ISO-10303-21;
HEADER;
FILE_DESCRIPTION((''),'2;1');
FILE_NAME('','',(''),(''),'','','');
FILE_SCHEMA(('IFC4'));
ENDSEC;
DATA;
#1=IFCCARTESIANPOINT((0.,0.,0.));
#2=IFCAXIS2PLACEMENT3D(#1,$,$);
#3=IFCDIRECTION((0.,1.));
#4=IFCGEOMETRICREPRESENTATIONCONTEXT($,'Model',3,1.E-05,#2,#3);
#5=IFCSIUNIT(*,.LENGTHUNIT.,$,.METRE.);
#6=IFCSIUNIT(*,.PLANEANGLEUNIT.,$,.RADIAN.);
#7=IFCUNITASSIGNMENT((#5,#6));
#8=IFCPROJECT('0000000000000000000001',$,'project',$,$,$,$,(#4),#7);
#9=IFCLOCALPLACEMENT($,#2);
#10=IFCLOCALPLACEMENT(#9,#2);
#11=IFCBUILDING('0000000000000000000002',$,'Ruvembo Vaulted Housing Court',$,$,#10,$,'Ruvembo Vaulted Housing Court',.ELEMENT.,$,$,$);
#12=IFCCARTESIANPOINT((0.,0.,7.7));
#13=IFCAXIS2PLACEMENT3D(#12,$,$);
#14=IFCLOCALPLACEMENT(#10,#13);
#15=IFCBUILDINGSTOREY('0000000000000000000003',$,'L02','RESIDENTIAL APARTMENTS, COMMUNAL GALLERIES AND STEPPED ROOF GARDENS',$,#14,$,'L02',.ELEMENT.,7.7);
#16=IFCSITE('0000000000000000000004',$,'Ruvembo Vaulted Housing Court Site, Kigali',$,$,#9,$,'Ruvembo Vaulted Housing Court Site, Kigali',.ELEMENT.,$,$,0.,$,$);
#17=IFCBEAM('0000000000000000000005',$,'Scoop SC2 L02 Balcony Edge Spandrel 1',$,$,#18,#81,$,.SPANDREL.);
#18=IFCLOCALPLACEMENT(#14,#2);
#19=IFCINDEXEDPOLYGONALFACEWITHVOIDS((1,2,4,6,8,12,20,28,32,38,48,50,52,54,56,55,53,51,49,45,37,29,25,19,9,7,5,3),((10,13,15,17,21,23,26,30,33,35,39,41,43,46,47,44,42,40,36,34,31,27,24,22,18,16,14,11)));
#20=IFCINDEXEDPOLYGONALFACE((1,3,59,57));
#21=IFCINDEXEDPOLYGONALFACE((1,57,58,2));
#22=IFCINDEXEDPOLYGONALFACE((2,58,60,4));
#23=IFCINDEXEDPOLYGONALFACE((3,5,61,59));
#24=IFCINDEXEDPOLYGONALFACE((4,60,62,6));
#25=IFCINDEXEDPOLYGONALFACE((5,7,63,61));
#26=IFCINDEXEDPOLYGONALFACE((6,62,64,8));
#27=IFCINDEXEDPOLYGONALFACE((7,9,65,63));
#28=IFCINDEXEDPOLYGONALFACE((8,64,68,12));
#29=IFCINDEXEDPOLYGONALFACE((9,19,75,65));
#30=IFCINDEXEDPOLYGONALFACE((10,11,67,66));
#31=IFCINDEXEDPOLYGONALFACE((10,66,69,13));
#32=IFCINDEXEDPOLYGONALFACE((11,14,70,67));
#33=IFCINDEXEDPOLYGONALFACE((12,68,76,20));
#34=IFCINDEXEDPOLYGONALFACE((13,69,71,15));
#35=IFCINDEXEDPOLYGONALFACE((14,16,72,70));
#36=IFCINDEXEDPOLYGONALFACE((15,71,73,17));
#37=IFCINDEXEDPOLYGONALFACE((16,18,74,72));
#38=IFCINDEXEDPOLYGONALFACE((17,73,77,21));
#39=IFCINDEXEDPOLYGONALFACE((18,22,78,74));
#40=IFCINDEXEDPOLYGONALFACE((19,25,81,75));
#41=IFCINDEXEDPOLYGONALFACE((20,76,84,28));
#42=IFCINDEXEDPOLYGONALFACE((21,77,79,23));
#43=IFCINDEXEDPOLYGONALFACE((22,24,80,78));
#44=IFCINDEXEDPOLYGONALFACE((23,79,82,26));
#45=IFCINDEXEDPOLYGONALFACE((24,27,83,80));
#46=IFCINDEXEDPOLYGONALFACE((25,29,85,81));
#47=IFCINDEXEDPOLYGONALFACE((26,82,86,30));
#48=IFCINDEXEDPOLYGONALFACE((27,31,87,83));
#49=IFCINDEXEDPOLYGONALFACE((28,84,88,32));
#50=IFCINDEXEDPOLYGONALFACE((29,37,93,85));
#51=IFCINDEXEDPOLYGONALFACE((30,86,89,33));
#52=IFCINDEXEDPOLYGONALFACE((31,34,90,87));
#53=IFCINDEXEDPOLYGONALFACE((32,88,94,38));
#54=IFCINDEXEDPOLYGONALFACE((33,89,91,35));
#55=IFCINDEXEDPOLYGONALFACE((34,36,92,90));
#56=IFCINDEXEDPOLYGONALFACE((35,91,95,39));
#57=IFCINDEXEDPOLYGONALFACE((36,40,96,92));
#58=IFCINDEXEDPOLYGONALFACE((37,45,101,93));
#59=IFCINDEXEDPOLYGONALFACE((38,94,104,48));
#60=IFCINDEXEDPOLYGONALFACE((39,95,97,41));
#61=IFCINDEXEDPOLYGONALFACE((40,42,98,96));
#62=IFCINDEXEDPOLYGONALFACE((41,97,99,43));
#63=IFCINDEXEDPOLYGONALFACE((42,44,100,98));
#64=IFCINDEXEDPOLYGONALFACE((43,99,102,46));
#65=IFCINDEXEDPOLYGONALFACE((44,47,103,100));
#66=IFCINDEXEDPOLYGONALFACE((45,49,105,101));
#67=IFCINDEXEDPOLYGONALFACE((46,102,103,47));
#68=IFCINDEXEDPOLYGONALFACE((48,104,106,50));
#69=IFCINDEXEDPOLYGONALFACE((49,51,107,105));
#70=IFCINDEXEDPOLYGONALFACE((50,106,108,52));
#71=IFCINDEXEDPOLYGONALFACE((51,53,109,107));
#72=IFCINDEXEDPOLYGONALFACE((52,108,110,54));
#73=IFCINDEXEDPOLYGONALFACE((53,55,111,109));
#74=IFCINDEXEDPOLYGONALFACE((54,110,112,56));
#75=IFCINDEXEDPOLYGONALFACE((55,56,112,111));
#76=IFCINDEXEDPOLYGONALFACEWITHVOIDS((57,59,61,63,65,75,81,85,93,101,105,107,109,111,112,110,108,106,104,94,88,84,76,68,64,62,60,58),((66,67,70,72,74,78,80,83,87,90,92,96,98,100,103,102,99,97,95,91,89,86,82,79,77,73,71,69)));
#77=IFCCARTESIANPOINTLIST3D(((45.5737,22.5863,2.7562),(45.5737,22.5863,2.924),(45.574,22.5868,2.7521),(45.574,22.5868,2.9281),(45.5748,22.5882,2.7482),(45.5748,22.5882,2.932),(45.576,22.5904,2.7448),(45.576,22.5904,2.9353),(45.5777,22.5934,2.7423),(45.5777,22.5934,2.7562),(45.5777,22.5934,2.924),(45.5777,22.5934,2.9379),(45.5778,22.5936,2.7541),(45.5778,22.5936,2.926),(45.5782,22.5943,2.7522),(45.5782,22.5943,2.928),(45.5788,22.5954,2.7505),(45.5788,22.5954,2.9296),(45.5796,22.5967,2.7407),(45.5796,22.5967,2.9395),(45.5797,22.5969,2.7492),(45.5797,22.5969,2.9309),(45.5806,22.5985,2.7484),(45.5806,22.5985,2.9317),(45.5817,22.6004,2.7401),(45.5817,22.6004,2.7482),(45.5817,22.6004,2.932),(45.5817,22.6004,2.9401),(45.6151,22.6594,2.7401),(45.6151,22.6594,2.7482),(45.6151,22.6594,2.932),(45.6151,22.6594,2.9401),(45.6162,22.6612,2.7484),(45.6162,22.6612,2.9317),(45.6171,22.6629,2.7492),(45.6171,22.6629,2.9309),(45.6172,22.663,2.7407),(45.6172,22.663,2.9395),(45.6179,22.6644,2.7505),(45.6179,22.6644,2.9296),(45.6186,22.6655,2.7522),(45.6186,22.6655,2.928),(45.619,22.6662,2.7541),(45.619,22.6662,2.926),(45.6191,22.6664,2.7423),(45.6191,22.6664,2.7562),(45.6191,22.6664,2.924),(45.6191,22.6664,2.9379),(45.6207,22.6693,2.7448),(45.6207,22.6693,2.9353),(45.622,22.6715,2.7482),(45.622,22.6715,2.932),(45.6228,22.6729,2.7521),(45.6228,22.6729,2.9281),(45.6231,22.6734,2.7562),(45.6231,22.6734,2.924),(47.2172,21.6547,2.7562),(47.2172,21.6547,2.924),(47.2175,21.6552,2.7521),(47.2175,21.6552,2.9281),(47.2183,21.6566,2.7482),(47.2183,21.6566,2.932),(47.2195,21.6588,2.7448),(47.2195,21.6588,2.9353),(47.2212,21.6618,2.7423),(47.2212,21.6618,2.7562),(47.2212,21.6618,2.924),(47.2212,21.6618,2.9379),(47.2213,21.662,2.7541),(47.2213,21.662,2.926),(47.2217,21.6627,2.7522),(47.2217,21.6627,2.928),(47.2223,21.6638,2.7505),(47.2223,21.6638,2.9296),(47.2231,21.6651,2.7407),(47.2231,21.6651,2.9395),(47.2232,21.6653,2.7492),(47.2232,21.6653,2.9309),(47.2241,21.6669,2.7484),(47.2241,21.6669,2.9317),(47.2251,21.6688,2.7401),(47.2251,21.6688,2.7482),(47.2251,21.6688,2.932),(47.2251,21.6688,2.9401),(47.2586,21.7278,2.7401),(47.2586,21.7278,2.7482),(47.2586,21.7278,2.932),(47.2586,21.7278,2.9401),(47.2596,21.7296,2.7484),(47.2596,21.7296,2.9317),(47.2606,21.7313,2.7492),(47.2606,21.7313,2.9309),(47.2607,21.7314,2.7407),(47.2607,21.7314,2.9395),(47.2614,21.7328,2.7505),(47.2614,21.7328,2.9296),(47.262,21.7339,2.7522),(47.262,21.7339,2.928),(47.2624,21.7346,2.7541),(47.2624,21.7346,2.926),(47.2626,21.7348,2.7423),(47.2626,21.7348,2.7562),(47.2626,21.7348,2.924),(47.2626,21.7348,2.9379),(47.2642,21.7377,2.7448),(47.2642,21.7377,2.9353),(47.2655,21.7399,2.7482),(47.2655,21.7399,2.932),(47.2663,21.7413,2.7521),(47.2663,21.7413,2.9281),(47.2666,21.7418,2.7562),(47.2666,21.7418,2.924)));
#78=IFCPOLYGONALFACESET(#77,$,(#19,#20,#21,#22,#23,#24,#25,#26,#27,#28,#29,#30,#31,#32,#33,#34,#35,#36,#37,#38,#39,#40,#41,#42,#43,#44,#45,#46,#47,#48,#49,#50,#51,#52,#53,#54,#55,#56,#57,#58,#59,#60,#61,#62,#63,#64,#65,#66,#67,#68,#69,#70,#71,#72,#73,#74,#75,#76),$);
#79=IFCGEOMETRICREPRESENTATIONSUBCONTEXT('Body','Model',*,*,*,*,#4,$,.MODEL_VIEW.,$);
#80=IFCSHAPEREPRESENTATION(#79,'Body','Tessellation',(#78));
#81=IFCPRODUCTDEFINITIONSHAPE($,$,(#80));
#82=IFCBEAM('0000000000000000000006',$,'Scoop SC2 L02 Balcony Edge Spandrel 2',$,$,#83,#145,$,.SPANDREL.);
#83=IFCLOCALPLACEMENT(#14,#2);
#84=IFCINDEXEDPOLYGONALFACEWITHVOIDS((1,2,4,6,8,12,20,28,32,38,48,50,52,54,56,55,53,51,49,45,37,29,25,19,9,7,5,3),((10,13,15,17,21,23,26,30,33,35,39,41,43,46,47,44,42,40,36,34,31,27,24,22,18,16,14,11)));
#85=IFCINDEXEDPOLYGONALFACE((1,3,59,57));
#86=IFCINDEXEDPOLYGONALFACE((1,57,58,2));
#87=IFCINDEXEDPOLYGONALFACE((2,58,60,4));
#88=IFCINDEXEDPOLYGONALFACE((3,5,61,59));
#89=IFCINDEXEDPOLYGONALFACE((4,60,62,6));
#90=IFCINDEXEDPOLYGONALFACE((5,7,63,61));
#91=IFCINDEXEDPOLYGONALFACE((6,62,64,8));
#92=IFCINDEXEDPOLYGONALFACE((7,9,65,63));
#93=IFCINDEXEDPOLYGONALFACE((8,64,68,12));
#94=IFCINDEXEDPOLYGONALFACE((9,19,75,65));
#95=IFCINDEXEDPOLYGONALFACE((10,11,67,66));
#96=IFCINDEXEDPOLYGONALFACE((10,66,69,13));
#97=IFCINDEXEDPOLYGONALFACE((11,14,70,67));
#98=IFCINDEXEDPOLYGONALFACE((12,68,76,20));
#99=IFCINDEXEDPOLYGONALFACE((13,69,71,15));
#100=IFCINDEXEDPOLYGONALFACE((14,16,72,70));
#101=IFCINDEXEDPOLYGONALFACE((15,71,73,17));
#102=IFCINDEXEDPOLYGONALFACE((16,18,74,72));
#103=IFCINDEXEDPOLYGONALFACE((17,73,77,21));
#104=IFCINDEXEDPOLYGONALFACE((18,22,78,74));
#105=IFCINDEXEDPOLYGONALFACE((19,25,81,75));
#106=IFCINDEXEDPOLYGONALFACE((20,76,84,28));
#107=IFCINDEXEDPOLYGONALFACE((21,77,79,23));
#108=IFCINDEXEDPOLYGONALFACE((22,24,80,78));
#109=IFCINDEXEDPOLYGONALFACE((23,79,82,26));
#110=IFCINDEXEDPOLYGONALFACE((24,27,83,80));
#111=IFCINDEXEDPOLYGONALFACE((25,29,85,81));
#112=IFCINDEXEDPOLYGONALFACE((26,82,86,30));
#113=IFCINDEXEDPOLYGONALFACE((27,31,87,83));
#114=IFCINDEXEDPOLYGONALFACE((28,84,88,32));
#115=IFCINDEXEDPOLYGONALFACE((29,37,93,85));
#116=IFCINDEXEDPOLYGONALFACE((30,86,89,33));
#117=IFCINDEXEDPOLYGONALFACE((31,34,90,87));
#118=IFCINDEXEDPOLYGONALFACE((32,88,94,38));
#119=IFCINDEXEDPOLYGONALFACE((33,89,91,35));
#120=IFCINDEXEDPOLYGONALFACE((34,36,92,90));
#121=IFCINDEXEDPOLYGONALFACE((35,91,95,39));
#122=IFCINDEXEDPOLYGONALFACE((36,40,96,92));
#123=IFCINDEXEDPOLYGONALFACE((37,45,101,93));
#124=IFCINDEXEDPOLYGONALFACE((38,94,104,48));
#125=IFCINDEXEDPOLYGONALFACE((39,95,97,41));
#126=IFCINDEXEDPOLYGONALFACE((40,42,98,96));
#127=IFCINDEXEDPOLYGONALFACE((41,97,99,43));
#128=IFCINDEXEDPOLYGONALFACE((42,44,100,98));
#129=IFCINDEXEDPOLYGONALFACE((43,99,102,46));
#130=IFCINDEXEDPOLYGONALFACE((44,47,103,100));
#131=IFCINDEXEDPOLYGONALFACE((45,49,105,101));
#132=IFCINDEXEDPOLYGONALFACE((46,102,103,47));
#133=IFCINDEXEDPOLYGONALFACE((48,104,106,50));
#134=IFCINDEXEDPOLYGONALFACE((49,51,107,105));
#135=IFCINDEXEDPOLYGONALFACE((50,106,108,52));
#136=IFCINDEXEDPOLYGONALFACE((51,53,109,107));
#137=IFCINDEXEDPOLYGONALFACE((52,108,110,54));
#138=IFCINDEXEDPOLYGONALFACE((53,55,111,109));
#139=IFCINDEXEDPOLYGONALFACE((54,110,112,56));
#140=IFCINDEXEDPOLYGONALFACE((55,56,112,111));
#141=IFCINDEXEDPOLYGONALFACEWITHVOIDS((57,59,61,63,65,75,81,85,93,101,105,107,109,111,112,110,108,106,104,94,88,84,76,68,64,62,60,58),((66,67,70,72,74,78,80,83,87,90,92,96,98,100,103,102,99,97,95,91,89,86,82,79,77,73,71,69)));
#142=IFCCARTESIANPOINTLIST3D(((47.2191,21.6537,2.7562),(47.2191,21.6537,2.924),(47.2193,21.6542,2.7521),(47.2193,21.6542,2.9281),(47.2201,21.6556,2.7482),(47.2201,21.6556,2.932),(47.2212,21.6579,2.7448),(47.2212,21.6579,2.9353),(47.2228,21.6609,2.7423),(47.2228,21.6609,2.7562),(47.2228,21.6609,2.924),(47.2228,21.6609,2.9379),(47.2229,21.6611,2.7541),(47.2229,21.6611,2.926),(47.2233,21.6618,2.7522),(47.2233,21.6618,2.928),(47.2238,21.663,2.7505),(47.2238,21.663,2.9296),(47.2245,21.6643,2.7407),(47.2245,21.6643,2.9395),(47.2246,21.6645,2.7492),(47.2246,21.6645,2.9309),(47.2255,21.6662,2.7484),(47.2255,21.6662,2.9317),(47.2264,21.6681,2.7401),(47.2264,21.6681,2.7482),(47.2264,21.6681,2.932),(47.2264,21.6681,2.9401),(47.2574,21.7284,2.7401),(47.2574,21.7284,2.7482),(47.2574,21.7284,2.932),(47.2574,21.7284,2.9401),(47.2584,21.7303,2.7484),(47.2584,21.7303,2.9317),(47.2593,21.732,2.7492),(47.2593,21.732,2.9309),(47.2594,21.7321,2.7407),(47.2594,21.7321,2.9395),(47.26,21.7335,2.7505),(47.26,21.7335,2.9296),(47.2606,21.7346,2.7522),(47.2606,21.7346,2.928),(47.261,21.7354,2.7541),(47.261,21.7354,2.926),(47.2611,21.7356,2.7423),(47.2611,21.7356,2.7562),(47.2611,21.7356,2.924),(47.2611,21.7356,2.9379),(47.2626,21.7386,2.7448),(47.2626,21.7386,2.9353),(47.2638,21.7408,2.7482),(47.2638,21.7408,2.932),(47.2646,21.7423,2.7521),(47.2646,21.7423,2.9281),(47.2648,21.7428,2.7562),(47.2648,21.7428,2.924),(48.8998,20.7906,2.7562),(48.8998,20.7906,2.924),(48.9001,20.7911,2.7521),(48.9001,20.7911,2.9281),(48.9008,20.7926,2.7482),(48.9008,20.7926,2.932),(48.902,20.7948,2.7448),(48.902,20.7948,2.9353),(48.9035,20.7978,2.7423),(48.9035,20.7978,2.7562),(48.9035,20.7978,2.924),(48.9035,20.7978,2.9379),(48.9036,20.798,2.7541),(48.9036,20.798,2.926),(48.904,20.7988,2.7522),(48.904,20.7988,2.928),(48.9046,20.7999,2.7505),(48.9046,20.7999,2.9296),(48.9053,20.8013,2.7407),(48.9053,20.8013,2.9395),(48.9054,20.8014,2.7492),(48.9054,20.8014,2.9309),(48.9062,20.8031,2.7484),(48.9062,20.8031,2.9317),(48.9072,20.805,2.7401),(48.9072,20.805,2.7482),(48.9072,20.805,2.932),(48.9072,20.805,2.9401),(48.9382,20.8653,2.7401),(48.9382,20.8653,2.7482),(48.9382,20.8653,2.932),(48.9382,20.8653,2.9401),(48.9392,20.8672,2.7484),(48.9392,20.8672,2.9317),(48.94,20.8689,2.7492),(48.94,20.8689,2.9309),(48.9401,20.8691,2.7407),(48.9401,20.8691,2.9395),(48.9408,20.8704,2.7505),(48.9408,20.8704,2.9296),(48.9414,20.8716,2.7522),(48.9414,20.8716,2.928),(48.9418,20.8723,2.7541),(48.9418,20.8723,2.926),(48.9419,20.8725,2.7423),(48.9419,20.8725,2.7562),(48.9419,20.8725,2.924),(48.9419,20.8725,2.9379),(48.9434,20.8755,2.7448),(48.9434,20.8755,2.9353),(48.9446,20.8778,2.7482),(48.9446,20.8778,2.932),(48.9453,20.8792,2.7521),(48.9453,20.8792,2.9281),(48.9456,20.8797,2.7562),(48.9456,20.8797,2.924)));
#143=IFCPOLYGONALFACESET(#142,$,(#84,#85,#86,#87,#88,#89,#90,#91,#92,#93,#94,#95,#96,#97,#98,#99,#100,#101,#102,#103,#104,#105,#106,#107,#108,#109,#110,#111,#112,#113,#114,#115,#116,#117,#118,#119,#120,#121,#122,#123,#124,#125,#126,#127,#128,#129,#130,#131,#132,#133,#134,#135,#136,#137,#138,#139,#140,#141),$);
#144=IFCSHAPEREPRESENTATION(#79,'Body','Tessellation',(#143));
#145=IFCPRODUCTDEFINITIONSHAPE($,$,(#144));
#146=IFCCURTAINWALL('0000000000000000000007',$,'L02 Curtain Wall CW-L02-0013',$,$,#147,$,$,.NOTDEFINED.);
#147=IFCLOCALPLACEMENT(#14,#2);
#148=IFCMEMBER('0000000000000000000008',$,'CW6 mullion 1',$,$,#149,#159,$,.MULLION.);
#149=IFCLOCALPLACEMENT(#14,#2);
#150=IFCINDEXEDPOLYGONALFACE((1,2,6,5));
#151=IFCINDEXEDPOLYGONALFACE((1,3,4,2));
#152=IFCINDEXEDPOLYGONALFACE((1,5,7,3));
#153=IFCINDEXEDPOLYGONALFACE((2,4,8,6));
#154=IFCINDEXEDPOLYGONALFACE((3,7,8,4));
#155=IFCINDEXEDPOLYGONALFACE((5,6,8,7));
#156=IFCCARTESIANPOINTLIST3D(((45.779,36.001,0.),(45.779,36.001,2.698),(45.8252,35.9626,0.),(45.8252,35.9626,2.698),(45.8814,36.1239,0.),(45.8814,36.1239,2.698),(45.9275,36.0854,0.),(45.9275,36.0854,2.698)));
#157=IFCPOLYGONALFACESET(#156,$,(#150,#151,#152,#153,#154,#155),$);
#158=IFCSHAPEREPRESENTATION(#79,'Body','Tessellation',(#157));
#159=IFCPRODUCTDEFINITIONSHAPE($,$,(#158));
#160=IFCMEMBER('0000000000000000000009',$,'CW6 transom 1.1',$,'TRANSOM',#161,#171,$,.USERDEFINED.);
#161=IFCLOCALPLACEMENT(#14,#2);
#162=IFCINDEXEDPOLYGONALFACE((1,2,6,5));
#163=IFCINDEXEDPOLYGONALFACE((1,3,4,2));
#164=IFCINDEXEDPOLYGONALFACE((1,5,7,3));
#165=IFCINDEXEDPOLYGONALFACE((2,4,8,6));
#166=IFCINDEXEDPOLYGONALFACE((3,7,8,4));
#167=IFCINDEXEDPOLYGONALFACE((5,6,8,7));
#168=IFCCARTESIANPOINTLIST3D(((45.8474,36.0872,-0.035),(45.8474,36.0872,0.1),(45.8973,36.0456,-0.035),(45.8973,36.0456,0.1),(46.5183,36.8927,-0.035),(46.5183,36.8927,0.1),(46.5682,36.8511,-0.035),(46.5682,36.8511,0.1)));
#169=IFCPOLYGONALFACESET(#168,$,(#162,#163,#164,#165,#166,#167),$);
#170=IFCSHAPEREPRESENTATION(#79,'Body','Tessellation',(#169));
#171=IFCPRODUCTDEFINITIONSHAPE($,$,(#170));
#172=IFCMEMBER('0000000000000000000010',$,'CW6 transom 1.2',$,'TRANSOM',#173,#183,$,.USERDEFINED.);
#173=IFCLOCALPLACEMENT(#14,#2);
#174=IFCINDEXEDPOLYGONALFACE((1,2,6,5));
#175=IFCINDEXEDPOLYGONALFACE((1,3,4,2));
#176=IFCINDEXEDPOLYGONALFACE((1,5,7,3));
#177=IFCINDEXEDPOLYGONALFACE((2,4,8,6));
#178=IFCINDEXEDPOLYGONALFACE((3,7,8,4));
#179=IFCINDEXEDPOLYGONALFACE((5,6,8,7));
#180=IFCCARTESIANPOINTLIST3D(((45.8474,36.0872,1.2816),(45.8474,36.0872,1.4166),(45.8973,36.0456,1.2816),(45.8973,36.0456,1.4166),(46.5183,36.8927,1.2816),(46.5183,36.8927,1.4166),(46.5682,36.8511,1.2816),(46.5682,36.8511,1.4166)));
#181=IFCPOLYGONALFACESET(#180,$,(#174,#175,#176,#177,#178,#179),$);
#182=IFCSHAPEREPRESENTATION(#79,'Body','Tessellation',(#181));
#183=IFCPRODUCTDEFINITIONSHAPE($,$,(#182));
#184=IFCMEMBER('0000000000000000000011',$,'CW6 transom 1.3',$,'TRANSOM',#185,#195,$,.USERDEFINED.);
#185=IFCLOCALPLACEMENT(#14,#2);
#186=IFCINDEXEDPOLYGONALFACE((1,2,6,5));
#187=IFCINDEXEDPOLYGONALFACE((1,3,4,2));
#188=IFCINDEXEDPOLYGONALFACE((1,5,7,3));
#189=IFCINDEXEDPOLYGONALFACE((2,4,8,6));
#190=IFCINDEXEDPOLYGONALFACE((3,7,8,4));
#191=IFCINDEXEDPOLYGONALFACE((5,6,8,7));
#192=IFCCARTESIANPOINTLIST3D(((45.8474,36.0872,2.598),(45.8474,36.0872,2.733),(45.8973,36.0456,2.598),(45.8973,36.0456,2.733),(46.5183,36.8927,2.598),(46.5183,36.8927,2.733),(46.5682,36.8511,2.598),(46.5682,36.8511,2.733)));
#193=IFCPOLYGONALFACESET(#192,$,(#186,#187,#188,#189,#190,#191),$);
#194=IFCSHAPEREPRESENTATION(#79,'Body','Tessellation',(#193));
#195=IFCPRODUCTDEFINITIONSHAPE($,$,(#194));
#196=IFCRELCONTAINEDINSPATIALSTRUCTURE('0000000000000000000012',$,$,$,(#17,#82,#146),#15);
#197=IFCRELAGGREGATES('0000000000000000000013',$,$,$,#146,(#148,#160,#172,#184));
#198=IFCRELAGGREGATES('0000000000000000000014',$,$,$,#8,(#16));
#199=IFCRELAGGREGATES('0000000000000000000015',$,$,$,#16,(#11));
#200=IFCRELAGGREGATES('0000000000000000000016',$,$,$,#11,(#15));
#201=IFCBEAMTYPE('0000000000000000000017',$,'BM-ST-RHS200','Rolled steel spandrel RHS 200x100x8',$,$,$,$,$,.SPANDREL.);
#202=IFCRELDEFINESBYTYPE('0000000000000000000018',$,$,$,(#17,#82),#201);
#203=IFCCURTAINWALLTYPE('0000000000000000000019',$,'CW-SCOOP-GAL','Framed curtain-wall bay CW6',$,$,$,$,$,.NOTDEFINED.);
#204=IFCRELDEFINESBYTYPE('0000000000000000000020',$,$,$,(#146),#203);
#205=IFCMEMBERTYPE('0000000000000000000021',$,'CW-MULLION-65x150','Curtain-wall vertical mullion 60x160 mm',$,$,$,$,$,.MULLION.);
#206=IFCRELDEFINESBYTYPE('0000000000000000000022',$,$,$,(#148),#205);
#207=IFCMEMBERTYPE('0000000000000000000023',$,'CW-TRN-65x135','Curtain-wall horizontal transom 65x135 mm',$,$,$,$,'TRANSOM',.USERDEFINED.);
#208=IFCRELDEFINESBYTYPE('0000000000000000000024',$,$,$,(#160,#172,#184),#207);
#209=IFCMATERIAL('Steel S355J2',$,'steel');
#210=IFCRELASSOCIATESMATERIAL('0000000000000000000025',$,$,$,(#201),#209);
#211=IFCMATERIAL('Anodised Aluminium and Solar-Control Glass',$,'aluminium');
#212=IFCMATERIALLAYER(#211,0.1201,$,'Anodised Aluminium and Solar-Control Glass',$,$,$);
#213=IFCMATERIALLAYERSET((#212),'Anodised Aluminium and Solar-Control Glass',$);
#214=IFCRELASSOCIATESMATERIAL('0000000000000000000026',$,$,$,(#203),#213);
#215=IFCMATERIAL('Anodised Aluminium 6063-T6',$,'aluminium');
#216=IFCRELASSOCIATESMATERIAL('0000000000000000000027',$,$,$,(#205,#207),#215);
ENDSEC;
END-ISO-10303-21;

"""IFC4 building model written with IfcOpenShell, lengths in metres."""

from ifc_helpers import new_model, si_unit, direction, frame, origin, origin_2d, place, context, subcontext, project, spatial, rectangle, hollow_rectangle, extrude, material, layer, layer_set, material_profile, profile_set, type_object, element, aggregate, save


model = new_model("IFC4")

# Units and contexts
model_context = context("Model", 3, precision=1e-05, world=origin(), true_north=direction((0.0, 1.0)))
body_context = subcontext(model_context, "Body", "Model", "MODEL_VIEW")
ifc_project = project(units=[si_unit("LENGTHUNIT", "METRE"), si_unit("PLANEANGLEUNIT", "RADIAN")], contexts=[model_context])

# Site, building, storey
site_placement = place(None, origin())
site = spatial("IfcSite", under=ifc_project, at=site_placement, Name="Ruvembo Vaulted Housing Court Site, Kigali", LongName="Ruvembo Vaulted Housing Court Site, Kigali", CompositionType="ELEMENT", RefElevation=0.0)
building_placement = place(site_placement, origin())
building = spatial("IfcBuilding", under=site, at=building_placement, Name="Ruvembo Vaulted Housing Court", LongName="Ruvembo Vaulted Housing Court", CompositionType="ELEMENT")
storey_placement = place(building_placement, frame((0.0, 0.0, 7.7)))
storey = spatial("IfcBuildingStorey", under=building, at=storey_placement, Name="L02", Description="RESIDENTIAL APARTMENTS, COMMUNAL GALLERIES AND STEPPED ROOF GARDENS", LongName="L02", CompositionType="ELEMENT", Elevation=7.7)

# Beams
ifc_material_1 = material(Name="Steel S355J2", Category="steel")
ifc_material_profile_1 = material_profile(ifc_material_1, hollow_rectangle(XDim=0.1001, YDim=0.2, WallThickness=0.0081, InnerFilletRadius=0.0081, OuterFilletRadius=0.0161, at=origin_2d()), Name="RHS 200x100x8")
ifc_profile_set_1 = profile_set([ifc_material_profile_1], Name="Steel S355J2")
beam_type = type_object("IfcBeamType", Name="BM-ST-RHS200", Description="Rolled steel spandrel RHS 200x100x8", PredefinedType="SPANDREL", material=ifc_profile_set_1)
beam_1_placement = place(storey_placement, frame((45.5984, 22.6299, 2.8401), z_axis=(0.869956, -0.49313, 0.0), x_axis=(0.49313, 0.869956, 0.0)))
element("IfcBeam", 1, at=beam_1_placement, inside=storey, type_object=beam_type, Name="Scoop SC2 L02 Balcony Edge Spandrel 1", PredefinedType="SPANDREL", context=body_context, shape_type="SweptSolid", body=[
    extrude(hollow_rectangle(XDim=0.1001, YDim=0.2, WallThickness=0.0081, InnerFilletRadius=0.0081, OuterFilletRadius=0.0161, at=origin_2d()), origin(), (0.0, 0.0, 1.0), 1.8892),
])
beam_2_placement = place(storey_placement, frame((47.2419, 21.6982, 2.8401), z_axis=(0.889568, -0.456802, 0.0), x_axis=(0.456802, 0.889568, 0.0)))
element("IfcBeam", 2, at=beam_2_placement, inside=storey, type_object=beam_type, Name="Scoop SC2 L02 Balcony Edge Spandrel 2", PredefinedType="SPANDREL", context=body_context, shape_type="SweptSolid", body=[
    extrude(hollow_rectangle(XDim=0.1001, YDim=0.2, WallThickness=0.0081, InnerFilletRadius=0.0081, OuterFilletRadius=0.0161, at=origin_2d()), origin(), (0.0, 0.0, 1.0), 1.8894),
])

# Curtain wall, members
ifc_material_2 = material(Name="Anodised Aluminium and Solar-Control Glass", Category="aluminium")
ifc_layer_1 = layer(ifc_material_2, 0.1201, Name="Anodised Aluminium and Solar-Control Glass")
ifc_layer_set_1 = layer_set([ifc_layer_1], Name="Anodised Aluminium and Solar-Control Glass")
curtain_wall_type = type_object("IfcCurtainWallType", Name="CW-SCOOP-GAL", Description="Framed curtain-wall bay CW6", PredefinedType="NOTDEFINED", material=ifc_layer_set_1)
curtain_wall_placement = place(storey_placement, origin())
curtain_wall = element("IfcCurtainWall", 3, at=curtain_wall_placement, inside=storey, type_object=curtain_wall_type, Name="L02 Curtain Wall CW-L02-0013", PredefinedType="NOTDEFINED")
ifc_material_3 = material(Name="Anodised Aluminium 6063-T6", Category="aluminium")
ifc_material_profile_2 = material_profile(ifc_material_3, rectangle(XDim=0.0601, YDim=0.1599, at=origin_2d()), Name="ALU 60x160")
ifc_profile_set_2 = profile_set([ifc_material_profile_2], Name="Anodised Aluminium 6063-T6")
member_type_1 = type_object("IfcMemberType", Name="CW-MULLION-65x150", Description="Curtain-wall vertical mullion 60x160 mm", PredefinedType="MULLION", material=ifc_profile_set_2)
member_1_placement = place(storey_placement, frame((45.8533, 36.0432, 0.0), z_axis=(0.0, 0.0, 1.0), x_axis=(-0.768484, 0.639869, 0.0)))
member_1 = element("IfcMember", 4, at=member_1_placement, type_object=member_type_1, Name="CW6 mullion 1", PredefinedType="MULLION", context=body_context, shape_type="SweptSolid", body=[
    extrude(rectangle(XDim=0.0601, YDim=0.1599, at=origin_2d()), origin(), (0.0, 0.0, 1.0), 2.698),
])
ifc_material_profile_3 = material_profile(ifc_material_3, rectangle(XDim=0.0649, YDim=0.135, at=origin_2d()), Name="ALU 65x135")
ifc_profile_set_3 = profile_set([ifc_material_profile_3], Name="Anodised Aluminium 6063-T6")
member_type_2 = type_object("IfcMemberType", Name="CW-TRN-65x135", Description="Curtain-wall horizontal transom 65x135 mm", ElementType="TRANSOM", PredefinedType="USERDEFINED", material=ifc_profile_set_3)
member_2_placement = place(storey_placement, frame((45.8723, 36.0664, 0.0325), z_axis=(0.640024, 0.768355, 0.0), x_axis=(-0.768355, 0.640024, 0.0)))
member_2 = element("IfcMember", 5, at=member_2_placement, type_object=member_type_2, Name="CW6 transom 1.1", ObjectType="TRANSOM", PredefinedType="USERDEFINED", context=body_context, shape_type="SweptSolid", body=[
    extrude(rectangle(XDim=0.0649, YDim=0.135, at=origin_2d()), origin(), (0.0, 0.0, 1.0), 1.0483),
])
member_3_placement = place(storey_placement, frame((45.8723, 36.0664, 1.3491), z_axis=(0.640024, 0.768355, 0.0), x_axis=(-0.768355, 0.640024, 0.0)))
member_3 = element("IfcMember", 6, at=member_3_placement, type_object=member_type_2, Name="CW6 transom 1.2", ObjectType="TRANSOM", PredefinedType="USERDEFINED", context=body_context, shape_type="SweptSolid", body=[
    extrude(rectangle(XDim=0.0649, YDim=0.135, at=origin_2d()), origin(), (0.0, 0.0, 1.0), 1.0483),
])
member_4_placement = place(storey_placement, frame((45.8723, 36.0664, 2.6655), z_axis=(0.640024, 0.768355, 0.0), x_axis=(-0.768355, 0.640024, 0.0)))
member_4 = element("IfcMember", 7, at=member_4_placement, type_object=member_type_2, Name="CW6 transom 1.3", ObjectType="TRANSOM", PredefinedType="USERDEFINED", context=body_context, shape_type="SweptSolid", body=[
    extrude(rectangle(XDim=0.0649, YDim=0.135, at=origin_2d()), origin(), (0.0, 0.0, 1.0), 1.0483),
])
aggregate(curtain_wall, [member_1, member_2, member_3, member_4])

save(model, "model.ifc")
